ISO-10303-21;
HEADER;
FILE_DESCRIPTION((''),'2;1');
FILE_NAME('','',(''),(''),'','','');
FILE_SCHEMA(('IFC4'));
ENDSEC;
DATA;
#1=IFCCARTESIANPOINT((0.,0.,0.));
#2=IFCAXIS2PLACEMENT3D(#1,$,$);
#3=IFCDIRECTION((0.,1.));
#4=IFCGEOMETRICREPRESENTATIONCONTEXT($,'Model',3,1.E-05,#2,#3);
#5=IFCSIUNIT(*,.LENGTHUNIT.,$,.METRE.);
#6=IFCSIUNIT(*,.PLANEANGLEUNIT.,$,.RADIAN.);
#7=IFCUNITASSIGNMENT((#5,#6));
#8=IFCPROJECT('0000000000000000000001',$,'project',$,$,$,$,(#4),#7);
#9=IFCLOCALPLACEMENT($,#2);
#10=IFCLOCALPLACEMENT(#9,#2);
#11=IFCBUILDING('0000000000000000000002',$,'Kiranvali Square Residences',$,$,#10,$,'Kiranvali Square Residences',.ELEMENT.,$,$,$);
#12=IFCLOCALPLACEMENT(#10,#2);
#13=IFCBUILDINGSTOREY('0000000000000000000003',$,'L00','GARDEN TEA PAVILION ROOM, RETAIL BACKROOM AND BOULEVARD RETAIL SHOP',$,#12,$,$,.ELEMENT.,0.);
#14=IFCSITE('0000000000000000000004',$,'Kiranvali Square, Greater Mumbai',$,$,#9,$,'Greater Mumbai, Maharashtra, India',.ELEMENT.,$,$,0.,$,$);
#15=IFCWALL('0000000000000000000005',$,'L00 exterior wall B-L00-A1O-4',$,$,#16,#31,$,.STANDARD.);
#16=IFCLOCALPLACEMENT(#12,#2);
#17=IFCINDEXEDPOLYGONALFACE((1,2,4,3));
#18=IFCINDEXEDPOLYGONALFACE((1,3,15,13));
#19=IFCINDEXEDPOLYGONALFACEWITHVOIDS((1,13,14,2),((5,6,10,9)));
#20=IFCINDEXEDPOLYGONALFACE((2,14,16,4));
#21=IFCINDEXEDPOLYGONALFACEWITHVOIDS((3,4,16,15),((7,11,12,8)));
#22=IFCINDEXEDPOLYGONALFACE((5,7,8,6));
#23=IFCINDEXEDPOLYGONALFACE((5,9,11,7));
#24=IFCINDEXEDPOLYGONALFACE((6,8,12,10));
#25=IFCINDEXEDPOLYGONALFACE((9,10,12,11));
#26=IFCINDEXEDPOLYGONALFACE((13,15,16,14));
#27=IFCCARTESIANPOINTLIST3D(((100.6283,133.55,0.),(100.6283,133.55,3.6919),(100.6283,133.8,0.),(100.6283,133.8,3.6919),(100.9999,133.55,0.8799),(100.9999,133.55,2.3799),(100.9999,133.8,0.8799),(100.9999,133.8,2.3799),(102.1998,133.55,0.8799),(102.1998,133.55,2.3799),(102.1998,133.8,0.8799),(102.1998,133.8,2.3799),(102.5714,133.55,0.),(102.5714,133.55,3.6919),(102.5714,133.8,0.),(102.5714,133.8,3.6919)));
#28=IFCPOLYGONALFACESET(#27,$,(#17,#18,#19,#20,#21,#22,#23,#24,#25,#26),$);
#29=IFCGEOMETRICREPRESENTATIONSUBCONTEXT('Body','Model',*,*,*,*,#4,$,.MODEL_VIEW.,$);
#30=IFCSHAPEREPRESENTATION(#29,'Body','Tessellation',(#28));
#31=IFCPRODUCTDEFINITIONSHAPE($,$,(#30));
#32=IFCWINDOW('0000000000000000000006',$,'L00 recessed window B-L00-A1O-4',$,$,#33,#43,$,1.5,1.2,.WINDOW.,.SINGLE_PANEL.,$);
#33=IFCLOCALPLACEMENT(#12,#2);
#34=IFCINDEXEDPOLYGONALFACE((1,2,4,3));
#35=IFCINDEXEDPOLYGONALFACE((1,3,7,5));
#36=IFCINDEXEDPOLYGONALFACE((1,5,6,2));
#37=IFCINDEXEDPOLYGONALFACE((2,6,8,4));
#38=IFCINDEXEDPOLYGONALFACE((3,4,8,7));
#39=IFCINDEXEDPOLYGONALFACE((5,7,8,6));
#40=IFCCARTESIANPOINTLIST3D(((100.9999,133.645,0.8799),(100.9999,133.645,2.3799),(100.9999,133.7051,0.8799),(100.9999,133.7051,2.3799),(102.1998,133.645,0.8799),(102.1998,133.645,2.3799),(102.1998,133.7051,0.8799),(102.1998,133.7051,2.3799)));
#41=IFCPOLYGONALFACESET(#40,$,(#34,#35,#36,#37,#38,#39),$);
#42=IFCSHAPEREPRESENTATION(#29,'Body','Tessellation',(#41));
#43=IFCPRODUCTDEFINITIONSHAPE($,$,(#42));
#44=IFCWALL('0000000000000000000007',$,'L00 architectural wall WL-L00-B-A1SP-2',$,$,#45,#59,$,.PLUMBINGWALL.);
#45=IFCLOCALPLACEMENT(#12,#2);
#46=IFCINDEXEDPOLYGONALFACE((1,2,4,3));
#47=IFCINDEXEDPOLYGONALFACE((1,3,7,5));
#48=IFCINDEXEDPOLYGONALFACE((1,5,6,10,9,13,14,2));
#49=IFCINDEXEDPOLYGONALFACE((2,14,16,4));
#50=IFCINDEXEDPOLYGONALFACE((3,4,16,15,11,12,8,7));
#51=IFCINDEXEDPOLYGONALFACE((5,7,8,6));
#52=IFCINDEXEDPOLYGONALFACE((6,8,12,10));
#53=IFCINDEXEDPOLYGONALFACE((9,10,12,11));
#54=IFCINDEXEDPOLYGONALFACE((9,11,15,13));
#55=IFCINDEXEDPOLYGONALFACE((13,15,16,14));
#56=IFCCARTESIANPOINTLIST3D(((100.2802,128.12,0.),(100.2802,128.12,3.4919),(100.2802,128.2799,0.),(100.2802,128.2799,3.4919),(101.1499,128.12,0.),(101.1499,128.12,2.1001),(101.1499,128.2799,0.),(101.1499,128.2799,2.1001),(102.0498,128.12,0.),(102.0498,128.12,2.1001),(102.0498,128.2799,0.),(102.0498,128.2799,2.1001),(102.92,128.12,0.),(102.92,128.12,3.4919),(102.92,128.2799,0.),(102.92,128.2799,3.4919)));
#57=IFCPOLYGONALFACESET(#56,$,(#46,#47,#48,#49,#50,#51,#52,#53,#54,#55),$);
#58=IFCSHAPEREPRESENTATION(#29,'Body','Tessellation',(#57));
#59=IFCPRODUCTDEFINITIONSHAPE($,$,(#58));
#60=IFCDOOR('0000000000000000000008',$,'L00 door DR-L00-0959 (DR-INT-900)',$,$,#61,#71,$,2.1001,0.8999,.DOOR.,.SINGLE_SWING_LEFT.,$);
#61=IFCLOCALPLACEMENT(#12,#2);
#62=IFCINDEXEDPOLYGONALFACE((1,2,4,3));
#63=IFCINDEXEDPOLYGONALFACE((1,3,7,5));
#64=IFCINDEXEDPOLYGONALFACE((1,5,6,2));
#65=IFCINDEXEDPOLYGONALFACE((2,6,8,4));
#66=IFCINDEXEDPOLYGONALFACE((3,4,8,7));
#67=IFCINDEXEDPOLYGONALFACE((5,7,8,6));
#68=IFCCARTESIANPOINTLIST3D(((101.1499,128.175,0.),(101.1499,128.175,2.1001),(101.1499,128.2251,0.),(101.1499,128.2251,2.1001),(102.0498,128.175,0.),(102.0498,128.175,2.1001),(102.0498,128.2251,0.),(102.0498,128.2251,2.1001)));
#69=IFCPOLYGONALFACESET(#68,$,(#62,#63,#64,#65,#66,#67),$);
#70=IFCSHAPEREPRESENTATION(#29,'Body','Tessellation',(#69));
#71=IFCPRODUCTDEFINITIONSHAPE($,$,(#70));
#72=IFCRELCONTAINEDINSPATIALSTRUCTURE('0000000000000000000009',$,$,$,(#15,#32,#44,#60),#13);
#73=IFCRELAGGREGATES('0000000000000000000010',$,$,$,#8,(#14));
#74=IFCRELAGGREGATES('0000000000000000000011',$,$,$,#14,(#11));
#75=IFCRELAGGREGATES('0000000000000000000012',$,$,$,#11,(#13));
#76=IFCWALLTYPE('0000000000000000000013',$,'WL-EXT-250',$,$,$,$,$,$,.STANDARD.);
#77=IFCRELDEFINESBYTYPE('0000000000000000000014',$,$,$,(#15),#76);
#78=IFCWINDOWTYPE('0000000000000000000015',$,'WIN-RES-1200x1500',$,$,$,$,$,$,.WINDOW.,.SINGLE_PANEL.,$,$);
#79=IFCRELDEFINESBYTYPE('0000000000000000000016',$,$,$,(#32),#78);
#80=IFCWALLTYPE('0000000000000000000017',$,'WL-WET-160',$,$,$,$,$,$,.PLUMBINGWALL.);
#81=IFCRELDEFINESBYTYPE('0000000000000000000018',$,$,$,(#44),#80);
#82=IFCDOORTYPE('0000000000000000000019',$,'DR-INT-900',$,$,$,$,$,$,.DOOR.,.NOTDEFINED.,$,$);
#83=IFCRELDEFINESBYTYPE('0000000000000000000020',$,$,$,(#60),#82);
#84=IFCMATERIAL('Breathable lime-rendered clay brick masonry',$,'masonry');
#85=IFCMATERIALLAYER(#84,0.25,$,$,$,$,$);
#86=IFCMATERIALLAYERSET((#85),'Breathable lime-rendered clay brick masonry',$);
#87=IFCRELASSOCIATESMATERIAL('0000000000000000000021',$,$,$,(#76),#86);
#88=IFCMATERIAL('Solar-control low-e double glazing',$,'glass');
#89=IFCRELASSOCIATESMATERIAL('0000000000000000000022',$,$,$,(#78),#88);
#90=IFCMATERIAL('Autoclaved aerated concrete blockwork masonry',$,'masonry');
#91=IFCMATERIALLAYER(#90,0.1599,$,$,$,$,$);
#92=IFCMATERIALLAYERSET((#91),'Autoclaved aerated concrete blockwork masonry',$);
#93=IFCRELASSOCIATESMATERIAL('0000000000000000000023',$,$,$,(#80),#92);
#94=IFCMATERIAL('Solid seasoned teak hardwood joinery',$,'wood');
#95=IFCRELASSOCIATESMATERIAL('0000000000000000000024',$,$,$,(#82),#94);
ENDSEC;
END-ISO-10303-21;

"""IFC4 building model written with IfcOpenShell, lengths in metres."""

from ifc_helpers import new_model, si_unit, direction, frame, frame_2d, origin, place, context, subcontext, project, spatial, rectangle, extrude, material, layer, layer_set, type_object, element, fill, save


model = new_model("IFC4")

# Units and contexts
model_context = context("Model", 3, precision=1e-05, world=origin(), true_north=direction((0.0, 1.0)))
body_context = subcontext(model_context, "Body", "Model", "MODEL_VIEW")
ifc_project = project(units=[si_unit("LENGTHUNIT", "METRE"), si_unit("PLANEANGLEUNIT", "RADIAN")], contexts=[model_context])

# Site, building, storey
site_placement = place(None, origin())
site = spatial("IfcSite", under=ifc_project, at=site_placement, Name="Kiranvali Square, Greater Mumbai", LongName="Greater Mumbai, Maharashtra, India", CompositionType="ELEMENT", RefElevation=0.0)
building_placement = place(site_placement, origin())
building = spatial("IfcBuilding", under=site, at=building_placement, Name="Kiranvali Square Residences", LongName="Kiranvali Square Residences", CompositionType="ELEMENT")
storey_placement = place(building_placement, origin())
storey = spatial("IfcBuildingStorey", under=building, at=storey_placement, Name="L00", Description="GARDEN TEA PAVILION ROOM, RETAIL BACKROOM AND BOULEVARD RETAIL SHOP", CompositionType="ELEMENT", Elevation=0.0)

# Wall, opening, window
ifc_material_1 = material(Name="Breathable lime-rendered clay brick masonry", Category="masonry")
ifc_layer_1 = layer(ifc_material_1, 0.25)
ifc_layer_set_1 = layer_set([ifc_layer_1], Name="Breathable lime-rendered clay brick masonry")
wall_type_1 = type_object("IfcWallType", Name="WL-EXT-250", PredefinedType="STANDARD", material=ifc_layer_set_1)
wall_1_placement = place(storey_placement, frame((102.5715, 133.675, 0.0), z_axis=(0.0, 0.0, 1.0), x_axis=(-1.0, 0.0, 0.0)))
wall_1 = element("IfcWall", 1, at=wall_1_placement, inside=storey, type_object=wall_type_1, Name="L00 exterior wall B-L00-A1O-4", PredefinedType="STANDARD", context=body_context, shape_type="SweptSolid", body=[
    extrude(rectangle(XDim=1.9431, YDim=0.25, at=frame_2d((0.9717, 0.0))), origin(), (0.0, 0.0, 1.0), 3.6919),
])
opening_1_placement = place(wall_1_placement, frame((0.3716, 0.0, 0.8799)))
opening_1 = element("IfcOpeningElement", 2, at=opening_1_placement, cuts=wall_1, PredefinedType="OPENING", context=body_context, shape_type="SweptSolid", body=[
    extrude(rectangle(XDim=1.2, YDim=1.5, at=frame_2d((0.6001, 0.75))), frame((0.0, 0.135, 0.0), z_axis=(0.0, -1.0, 0.0), x_axis=(1.0, 0.0, 0.0)), (0.0, 0.0, 1.0), 0.27),
])
ifc_material_2 = material(Name="Solar-control low-e double glazing", Category="glass")
window_type = type_object("IfcWindowType", Name="WIN-RES-1200x1500", PartitioningType="SINGLE_PANEL", PredefinedType="WINDOW", material=ifc_material_2)
window_placement = place(opening_1_placement, origin())
window = element("IfcWindow", 3, at=window_placement, inside=storey, type_object=window_type, Name="L00 recessed window B-L00-A1O-4", OverallHeight=1.5, OverallWidth=1.2, PartitioningType="SINGLE_PANEL", PredefinedType="WINDOW", context=body_context, shape_type="SweptSolid", body=[
    extrude(rectangle(XDim=1.2, YDim=1.5, at=frame_2d((0.6001, 0.75))), frame((0.0, 0.03, 0.0), z_axis=(0.0, -1.0, 0.0), x_axis=(1.0, 0.0, 0.0)), (0.0, 0.0, 1.0), 0.0601),
])
fill(opening_1, window)

# Wall, opening, door
ifc_material_3 = material(Name="Autoclaved aerated concrete blockwork masonry", Category="masonry")
ifc_layer_2 = layer(ifc_material_3, 0.1599)
ifc_layer_set_2 = layer_set([ifc_layer_2], Name="Autoclaved aerated concrete blockwork masonry")
wall_type_2 = type_object("IfcWallType", Name="WL-WET-160", PredefinedType="PLUMBINGWALL", material=ifc_layer_set_2)
wall_2_placement = place(storey_placement, frame((102.9199, 128.2, 0.0), z_axis=(0.0, 0.0, 1.0), x_axis=(-1.0, 0.0, 0.0)))
wall_2 = element("IfcWall", 4, at=wall_2_placement, inside=storey, type_object=wall_type_2, Name="L00 architectural wall WL-L00-B-A1SP-2", PredefinedType="PLUMBINGWALL", context=body_context, shape_type="SweptSolid", body=[
    extrude(rectangle(XDim=2.6399, YDim=0.1599, at=frame_2d((1.3198, 0.0))), origin(), (0.0, 0.0, 1.0), 3.4919),
])
opening_2_placement = place(wall_2_placement, frame((0.8701, 0.0, 0.0)))
opening_2 = element("IfcOpeningElement", 5, at=opening_2_placement, cuts=wall_2, PredefinedType="OPENING", context=body_context, shape_type="SweptSolid", body=[
    extrude(rectangle(XDim=0.8999, YDim=2.1001, at=frame_2d((0.45, 1.05))), frame((0.0, 0.0898, 0.0), z_axis=(0.0, -1.0, 0.0), x_axis=(1.0, 0.0, 0.0)), (0.0, 0.0, 1.0), 0.1799),
])
ifc_material_4 = material(Name="Solid seasoned teak hardwood joinery", Category="wood")
door_type = type_object("IfcDoorType", Name="DR-INT-900", OperationType="NOTDEFINED", PredefinedType="DOOR", material=ifc_material_4)
door_placement = place(opening_2_placement, origin())
door = element("IfcDoor", 6, at=door_placement, inside=storey, type_object=door_type, Name="L00 door DR-L00-0959 (DR-INT-900)", OperationType="SINGLE_SWING_LEFT", OverallHeight=2.1001, OverallWidth=0.8999, PredefinedType="DOOR", context=body_context, shape_type="SweptSolid", body=[
    extrude(rectangle(XDim=0.8999, YDim=2.1001, at=frame_2d((0.45, 1.05))), frame((0.0, 0.0249, 0.0), z_axis=(0.0, -1.0, 0.0), x_axis=(1.0, 0.0, 0.0)), (0.0, 0.0, 1.0), 0.05),
])
fill(opening_2, door)

save(model, "model.ifc")
